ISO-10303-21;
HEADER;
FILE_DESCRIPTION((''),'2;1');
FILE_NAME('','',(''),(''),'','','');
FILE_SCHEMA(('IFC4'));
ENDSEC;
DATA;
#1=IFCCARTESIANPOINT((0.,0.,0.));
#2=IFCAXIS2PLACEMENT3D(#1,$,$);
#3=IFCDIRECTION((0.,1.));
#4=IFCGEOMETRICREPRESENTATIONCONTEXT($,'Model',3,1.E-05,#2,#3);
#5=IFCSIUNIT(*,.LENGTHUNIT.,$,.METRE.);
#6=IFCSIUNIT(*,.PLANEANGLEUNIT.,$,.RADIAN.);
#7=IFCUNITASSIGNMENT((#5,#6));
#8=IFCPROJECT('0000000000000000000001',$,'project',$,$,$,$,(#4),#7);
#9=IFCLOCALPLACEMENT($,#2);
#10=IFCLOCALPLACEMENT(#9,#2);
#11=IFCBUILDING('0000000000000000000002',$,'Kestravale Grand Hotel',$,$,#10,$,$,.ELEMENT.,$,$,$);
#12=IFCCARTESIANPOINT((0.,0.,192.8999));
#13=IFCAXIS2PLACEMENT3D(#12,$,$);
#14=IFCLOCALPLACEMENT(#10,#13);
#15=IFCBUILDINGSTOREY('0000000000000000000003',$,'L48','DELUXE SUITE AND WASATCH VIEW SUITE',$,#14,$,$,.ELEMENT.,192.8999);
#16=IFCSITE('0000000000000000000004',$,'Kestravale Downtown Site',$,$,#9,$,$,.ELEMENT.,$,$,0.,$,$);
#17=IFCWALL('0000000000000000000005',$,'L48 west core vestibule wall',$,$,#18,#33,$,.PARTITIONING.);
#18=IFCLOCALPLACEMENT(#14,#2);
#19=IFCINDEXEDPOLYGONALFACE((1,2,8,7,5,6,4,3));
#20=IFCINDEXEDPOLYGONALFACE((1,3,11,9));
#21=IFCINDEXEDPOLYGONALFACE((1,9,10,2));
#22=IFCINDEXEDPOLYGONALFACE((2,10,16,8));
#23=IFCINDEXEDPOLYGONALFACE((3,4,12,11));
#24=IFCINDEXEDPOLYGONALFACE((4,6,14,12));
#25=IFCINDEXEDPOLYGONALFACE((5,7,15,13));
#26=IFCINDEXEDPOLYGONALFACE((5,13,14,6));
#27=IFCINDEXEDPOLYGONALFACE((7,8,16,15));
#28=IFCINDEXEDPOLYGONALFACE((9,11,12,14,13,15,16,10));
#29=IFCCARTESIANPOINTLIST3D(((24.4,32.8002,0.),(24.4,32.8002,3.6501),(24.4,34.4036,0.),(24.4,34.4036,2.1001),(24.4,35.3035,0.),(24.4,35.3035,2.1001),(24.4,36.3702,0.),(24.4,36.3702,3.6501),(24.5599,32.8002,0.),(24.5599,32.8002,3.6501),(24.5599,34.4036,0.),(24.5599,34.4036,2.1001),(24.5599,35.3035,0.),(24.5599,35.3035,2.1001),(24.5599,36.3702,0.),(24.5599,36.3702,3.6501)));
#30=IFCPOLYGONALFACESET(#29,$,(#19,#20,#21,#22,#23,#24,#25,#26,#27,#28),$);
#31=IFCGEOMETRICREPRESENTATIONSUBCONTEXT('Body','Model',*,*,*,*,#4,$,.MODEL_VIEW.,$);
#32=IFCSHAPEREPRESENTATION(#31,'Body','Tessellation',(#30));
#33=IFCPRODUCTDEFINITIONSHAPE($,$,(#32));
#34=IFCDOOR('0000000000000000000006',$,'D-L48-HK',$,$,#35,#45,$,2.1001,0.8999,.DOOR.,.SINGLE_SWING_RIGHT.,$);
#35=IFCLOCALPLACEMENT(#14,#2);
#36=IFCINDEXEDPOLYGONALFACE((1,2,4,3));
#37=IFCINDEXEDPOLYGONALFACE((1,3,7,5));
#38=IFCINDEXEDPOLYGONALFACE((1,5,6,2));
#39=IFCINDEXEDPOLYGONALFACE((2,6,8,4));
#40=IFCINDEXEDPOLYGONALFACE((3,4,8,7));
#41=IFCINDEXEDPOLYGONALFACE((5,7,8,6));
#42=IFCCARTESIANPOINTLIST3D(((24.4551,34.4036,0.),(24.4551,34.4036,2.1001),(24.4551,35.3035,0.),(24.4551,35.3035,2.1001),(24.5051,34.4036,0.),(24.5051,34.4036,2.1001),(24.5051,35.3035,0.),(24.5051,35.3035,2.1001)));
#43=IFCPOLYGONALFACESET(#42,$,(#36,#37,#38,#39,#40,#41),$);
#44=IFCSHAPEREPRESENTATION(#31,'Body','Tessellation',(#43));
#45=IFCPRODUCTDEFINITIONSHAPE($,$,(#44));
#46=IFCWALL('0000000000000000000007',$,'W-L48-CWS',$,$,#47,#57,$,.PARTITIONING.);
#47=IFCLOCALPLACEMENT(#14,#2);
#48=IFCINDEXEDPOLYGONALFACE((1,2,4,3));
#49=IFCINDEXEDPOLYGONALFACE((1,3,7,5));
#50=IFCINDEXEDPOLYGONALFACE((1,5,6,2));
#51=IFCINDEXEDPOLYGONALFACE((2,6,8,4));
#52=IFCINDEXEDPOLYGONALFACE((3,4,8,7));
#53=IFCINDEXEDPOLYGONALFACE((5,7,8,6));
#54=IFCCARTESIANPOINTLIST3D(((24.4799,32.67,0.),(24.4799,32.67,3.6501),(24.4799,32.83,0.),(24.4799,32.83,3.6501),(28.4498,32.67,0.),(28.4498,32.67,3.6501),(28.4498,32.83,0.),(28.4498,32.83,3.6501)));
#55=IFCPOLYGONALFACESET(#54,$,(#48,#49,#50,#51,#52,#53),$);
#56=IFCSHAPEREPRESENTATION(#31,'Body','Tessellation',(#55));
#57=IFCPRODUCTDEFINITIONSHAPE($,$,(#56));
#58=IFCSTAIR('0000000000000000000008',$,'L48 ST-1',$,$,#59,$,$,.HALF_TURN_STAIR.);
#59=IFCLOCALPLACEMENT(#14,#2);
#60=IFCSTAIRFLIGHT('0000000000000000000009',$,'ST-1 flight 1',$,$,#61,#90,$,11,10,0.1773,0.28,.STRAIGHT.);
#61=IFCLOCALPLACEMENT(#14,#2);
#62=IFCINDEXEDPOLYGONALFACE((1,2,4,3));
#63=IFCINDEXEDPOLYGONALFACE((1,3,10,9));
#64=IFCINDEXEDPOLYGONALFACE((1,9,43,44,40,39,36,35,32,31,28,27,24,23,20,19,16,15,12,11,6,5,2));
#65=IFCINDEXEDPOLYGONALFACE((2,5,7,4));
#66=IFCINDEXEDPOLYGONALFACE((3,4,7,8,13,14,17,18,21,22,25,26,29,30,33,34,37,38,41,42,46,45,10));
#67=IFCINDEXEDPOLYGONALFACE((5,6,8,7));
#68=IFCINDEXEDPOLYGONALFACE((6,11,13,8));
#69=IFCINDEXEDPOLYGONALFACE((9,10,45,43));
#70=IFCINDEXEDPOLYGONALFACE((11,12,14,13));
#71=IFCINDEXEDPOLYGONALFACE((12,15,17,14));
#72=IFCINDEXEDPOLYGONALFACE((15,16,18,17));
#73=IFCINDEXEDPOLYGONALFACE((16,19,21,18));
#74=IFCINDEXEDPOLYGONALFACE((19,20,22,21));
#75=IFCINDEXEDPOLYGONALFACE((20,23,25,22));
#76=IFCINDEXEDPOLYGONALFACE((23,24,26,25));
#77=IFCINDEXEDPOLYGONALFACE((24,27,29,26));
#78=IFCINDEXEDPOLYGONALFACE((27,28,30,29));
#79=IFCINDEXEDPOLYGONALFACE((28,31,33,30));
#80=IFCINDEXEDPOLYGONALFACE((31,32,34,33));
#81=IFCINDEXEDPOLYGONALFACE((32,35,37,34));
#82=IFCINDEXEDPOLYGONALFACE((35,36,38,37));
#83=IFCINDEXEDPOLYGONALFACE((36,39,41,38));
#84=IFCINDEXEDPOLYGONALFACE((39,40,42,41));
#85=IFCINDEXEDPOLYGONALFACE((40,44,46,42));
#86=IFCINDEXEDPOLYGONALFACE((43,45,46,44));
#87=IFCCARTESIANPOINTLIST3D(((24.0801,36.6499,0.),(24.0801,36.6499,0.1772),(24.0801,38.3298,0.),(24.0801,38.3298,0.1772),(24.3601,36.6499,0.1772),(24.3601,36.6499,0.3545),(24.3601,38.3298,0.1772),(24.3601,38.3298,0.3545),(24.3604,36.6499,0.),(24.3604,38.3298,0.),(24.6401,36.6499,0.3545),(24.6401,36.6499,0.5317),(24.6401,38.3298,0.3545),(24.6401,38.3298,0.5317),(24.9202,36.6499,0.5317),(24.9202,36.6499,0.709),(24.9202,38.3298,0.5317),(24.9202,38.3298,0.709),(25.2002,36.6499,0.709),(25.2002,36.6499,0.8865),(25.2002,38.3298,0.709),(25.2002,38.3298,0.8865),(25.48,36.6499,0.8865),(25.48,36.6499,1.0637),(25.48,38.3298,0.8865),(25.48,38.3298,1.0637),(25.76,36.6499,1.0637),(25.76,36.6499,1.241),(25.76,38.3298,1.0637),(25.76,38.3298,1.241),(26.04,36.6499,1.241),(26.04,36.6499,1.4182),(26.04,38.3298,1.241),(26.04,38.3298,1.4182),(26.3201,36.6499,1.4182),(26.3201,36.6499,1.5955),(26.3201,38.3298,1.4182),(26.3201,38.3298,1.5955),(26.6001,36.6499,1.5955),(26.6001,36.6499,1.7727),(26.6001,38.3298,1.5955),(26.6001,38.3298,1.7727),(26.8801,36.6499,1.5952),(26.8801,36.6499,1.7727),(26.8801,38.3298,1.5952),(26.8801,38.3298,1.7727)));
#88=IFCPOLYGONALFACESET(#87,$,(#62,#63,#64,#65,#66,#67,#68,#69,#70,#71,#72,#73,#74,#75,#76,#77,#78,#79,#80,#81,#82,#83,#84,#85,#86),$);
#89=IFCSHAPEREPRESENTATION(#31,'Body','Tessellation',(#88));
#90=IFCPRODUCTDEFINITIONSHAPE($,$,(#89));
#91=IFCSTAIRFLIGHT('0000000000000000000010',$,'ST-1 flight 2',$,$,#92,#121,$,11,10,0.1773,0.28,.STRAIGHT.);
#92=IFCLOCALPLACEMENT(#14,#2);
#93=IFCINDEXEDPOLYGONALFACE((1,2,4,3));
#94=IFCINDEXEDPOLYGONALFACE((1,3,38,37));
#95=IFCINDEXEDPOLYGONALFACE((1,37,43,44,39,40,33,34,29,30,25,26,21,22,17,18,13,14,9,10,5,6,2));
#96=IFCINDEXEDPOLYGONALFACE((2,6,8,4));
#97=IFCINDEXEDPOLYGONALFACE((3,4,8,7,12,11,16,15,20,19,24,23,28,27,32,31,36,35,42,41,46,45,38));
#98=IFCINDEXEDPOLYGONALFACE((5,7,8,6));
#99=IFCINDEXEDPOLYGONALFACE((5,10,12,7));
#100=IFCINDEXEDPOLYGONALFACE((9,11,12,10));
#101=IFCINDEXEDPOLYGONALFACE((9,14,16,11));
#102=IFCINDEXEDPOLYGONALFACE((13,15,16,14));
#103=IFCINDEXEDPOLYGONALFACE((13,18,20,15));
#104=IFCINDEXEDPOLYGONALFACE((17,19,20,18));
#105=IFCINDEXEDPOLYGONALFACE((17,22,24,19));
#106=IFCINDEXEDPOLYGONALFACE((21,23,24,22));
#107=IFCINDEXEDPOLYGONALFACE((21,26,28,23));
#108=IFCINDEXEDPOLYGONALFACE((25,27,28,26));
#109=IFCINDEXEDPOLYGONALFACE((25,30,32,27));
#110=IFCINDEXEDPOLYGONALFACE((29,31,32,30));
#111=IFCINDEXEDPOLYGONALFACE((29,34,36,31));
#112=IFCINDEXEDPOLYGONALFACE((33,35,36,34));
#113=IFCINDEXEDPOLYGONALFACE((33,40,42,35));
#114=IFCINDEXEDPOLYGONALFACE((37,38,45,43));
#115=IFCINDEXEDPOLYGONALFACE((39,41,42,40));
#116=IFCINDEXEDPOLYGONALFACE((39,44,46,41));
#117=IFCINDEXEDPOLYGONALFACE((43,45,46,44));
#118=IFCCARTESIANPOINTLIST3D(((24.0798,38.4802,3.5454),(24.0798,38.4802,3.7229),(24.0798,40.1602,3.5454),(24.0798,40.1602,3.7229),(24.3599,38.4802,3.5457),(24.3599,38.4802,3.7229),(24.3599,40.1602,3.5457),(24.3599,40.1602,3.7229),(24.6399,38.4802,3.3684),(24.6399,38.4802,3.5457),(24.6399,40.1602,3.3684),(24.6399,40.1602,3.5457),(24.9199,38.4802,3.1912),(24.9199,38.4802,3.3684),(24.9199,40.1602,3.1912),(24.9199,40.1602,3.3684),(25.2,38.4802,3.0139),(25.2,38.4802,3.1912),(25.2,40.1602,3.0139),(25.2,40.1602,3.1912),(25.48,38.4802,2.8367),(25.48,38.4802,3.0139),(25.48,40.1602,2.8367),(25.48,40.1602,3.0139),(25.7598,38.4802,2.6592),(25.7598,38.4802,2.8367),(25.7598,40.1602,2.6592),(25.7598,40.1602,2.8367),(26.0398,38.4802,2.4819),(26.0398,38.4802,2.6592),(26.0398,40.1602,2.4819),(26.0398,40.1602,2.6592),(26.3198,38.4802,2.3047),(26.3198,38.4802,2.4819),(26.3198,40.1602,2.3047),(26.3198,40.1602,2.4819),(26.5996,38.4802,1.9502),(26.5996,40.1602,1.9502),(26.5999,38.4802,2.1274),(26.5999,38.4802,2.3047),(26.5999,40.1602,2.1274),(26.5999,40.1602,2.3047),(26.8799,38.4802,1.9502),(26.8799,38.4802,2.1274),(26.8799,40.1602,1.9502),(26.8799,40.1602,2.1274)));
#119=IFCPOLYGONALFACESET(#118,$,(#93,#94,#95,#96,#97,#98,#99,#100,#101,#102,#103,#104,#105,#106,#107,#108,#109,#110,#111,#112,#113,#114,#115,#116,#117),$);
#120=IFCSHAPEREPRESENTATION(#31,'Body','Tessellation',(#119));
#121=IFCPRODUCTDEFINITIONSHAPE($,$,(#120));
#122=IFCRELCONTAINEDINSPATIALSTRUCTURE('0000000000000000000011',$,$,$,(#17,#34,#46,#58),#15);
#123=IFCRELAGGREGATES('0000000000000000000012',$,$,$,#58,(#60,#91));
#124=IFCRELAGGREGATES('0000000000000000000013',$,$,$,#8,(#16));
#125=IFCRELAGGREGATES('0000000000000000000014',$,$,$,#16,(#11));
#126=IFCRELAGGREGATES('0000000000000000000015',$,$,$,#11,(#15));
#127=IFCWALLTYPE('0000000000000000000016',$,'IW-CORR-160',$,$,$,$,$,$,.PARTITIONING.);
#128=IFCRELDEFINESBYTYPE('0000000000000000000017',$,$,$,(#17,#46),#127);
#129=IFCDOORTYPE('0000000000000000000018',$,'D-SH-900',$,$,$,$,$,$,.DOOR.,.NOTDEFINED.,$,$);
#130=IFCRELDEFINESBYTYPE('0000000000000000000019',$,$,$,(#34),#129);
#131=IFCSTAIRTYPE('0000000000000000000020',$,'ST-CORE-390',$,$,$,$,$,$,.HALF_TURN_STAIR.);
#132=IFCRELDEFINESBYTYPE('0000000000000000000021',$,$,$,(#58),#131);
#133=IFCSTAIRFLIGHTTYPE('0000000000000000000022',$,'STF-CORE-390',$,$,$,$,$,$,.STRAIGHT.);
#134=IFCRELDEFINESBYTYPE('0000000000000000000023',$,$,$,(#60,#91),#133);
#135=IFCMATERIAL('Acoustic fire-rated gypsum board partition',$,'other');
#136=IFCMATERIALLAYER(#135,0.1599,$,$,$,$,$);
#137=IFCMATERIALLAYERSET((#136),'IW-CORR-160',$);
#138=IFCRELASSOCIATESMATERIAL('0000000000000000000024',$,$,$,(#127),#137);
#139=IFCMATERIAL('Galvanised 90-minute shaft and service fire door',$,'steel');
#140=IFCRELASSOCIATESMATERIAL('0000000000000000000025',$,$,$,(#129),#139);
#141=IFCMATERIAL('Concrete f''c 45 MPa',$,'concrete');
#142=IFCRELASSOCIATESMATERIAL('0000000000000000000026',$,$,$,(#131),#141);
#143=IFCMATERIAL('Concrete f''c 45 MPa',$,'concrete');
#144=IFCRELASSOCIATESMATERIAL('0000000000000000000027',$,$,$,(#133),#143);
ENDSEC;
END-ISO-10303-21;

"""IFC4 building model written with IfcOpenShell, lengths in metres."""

from ifc_helpers import new_model, si_unit, direction, frame, frame_2d, origin, place, context, subcontext, project, spatial, polyline, rectangle, outline, extrude, material, layer, layer_set, type_object, element, fill, aggregate, save


model = new_model("IFC4")

# Units and contexts
model_context = context("Model", 3, precision=1e-05, world=origin(), true_north=direction((0.0, 1.0)))
body_context = subcontext(model_context, "Body", "Model", "MODEL_VIEW")
ifc_project = project(units=[si_unit("LENGTHUNIT", "METRE"), si_unit("PLANEANGLEUNIT", "RADIAN")], contexts=[model_context])

# Site, building, storey
site_placement = place(None, origin())
site = spatial("IfcSite", under=ifc_project, at=site_placement, Name="Kestravale Downtown Site", CompositionType="ELEMENT", RefElevation=0.0)
building_placement = place(site_placement, origin())
building = spatial("IfcBuilding", under=site, at=building_placement, Name="Kestravale Grand Hotel", CompositionType="ELEMENT")
storey_placement = place(building_placement, frame((0.0, 0.0, 192.8999)))
storey = spatial("IfcBuildingStorey", under=building, at=storey_placement, Name="L48", Description="DELUXE SUITE AND WASATCH VIEW SUITE", CompositionType="ELEMENT", Elevation=192.8999)

# Wall, opening, door
ifc_material_1 = material(Name="Acoustic fire-rated gypsum board partition", Category="other")
ifc_layer_1 = layer(ifc_material_1, 0.1599)
ifc_layer_set_1 = layer_set([ifc_layer_1], Name="IW-CORR-160")
wall_type_1 = type_object("IfcWallType", Name="IW-CORR-160", PredefinedType="PARTITIONING", material=ifc_layer_set_1)
wall_1_placement = place(storey_placement, frame((24.48, 32.8, 0.0), z_axis=(0.0, 0.0, 1.0), x_axis=(0.0, 1.0, 0.0)))
wall_1 = element("IfcWall", 1, at=wall_1_placement, inside=storey, type_object=wall_type_1, Name="L48 west core vestibule wall", PredefinedType="PARTITIONING", context=body_context, shape_type="SweptSolid", body=[
    extrude(rectangle(XDim=3.5701, YDim=0.1599, at=frame_2d((1.7852, 0.0))), origin(), (0.0, 0.0, 1.0), 3.6501),
])
opening_1_placement = place(wall_1_placement, frame((1.6035, 0.0, 0.0)))
opening_1 = element("IfcOpeningElement", 2, at=opening_1_placement, cuts=wall_1, PredefinedType="OPENING", context=body_context, shape_type="SweptSolid", body=[
    extrude(rectangle(XDim=0.8999, YDim=2.1001, at=frame_2d((0.45, 1.05))), frame((0.0, 0.0898, 0.0), z_axis=(0.0, -1.0, 0.0), x_axis=(1.0, 0.0, 0.0)), (0.0, 0.0, 1.0), 0.1799),
])
ifc_material_2 = material(Name="Galvanised 90-minute shaft and service fire door", Category="steel")
door_type_1 = type_object("IfcDoorType", Name="D-SH-900", OperationType="NOTDEFINED", PredefinedType="DOOR", material=ifc_material_2)
door_1_placement = place(opening_1_placement, origin())
door_1 = element("IfcDoor", 3, at=door_1_placement, inside=storey, type_object=door_type_1, Name="D-L48-HK", OperationType="SINGLE_SWING_RIGHT", OverallHeight=2.1001, OverallWidth=0.8999, PredefinedType="DOOR", context=body_context, shape_type="SweptSolid", body=[
    extrude(rectangle(XDim=0.8999, YDim=2.1001, at=frame_2d((0.45, 1.05))), frame((0.0, 0.0249, 0.0), z_axis=(0.0, -1.0, 0.0), x_axis=(1.0, 0.0, 0.0)), (0.0, 0.0, 1.0), 0.05),
])
fill(opening_1, door_1)

# Wall
wall_2_placement = place(storey_placement, frame((24.48, 32.75, 0.0), z_axis=(0.0, 0.0, 1.0), x_axis=(1.0, 0.0, 0.0)))
element("IfcWall", 4, at=wall_2_placement, inside=storey, type_object=wall_type_1, Name="W-L48-CWS", PredefinedType="PARTITIONING", context=body_context, shape_type="SweptSolid", body=[
    extrude(rectangle(XDim=3.97, YDim=0.1599, at=frame_2d((1.9849, 0.0))), origin(), (0.0, 0.0, 1.0), 3.6501),
])

# Stair, stair flights
ifc_material_3 = material(Name="Concrete f'c 45 MPa", Category="concrete")
stair_type = type_object("IfcStairType", Name="ST-CORE-390", PredefinedType="HALF_TURN_STAIR", material=ifc_material_3)
stair_placement = place(storey_placement, origin())
stair = element("IfcStair", 5, at=stair_placement, inside=storey, type_object=stair_type, Name="L48 ST-1", PredefinedType="HALF_TURN_STAIR")
ifc_material_4 = material(Name="Concrete f'c 45 MPa", Category="concrete")
stair_flight_type = type_object("IfcStairFlightType", Name="STF-CORE-390", PredefinedType="STRAIGHT", material=ifc_material_4)
stair_flight_1_placement = place(storey_placement, frame((24.0801, 37.49, 0.0), z_axis=(0.0, 0.0, 1.0), x_axis=(1.0, 0.0, 0.0)))
stair_flight_1 = element("IfcStairFlight", 6, at=stair_flight_1_placement, type_object=stair_flight_type, Name="ST-1 flight 1", NumberOfRisers=11, NumberOfTreads=10, PredefinedType="STRAIGHT", RiserHeight=0.1773, TreadLength=0.28, context=body_context, shape_type="SweptSolid", body=[
    extrude(outline(polyline([(0.0, 0.0), (0.0, 0.1772), (0.28, 0.1772), (0.28, 0.3545), (0.5601, 0.3545), (0.5601, 0.5317), (0.8401, 0.5317), (0.8401, 0.709), (1.1201, 0.709), (1.1201, 0.8865), (1.3999, 0.8865), (1.3999, 1.0637), (1.6799, 1.0637), (1.6799, 1.241), (1.96, 1.241), (1.96, 1.4182), (2.24, 1.4182), (2.24, 1.5955), (2.52, 1.5955), (2.52, 1.7727), (2.8, 1.7727), (2.8, 1.95), (2.8, 1.5952), (0.2803, 0.0), (0.0, 0.0)])), frame((0.0, 0.8398, 0.0), z_axis=(0.0, -1.0, 0.0), x_axis=(1.0, 0.0, 0.0)), (0.0, 0.0, 1.0), 1.6799),
])
stair_flight_2_placement = place(storey_placement, frame((26.8799, 39.3201, 1.9502), z_axis=(0.0, 0.0, 1.0), x_axis=(-1.0, 0.0, 0.0)))
stair_flight_2 = element("IfcStairFlight", 7, at=stair_flight_2_placement, type_object=stair_flight_type, Name="ST-1 flight 2", NumberOfRisers=11, NumberOfTreads=10, PredefinedType="STRAIGHT", RiserHeight=0.1773, TreadLength=0.28, context=body_context, shape_type="SweptSolid", body=[
    extrude(outline(polyline([(0.0, 0.0), (0.0, 0.1772), (0.28, 0.1772), (0.28, 0.3545), (0.5601, 0.3545), (0.5601, 0.5317), (0.8401, 0.5317), (0.8401, 0.709), (1.1201, 0.709), (1.1201, 0.8865), (1.3999, 0.8865), (1.3999, 1.0637), (1.6799, 1.0637), (1.6799, 1.241), (1.96, 1.241), (1.96, 1.4182), (2.24, 1.4182), (2.24, 1.5955), (2.52, 1.5955), (2.52, 1.7727), (2.8, 1.7727), (2.8, 1.95), (2.8, 1.5952), (0.2803, 0.0), (0.0, 0.0)])), frame((0.0, 0.8398, 0.0), z_axis=(0.0, -1.0, 0.0), x_axis=(1.0, 0.0, 0.0)), (0.0, 0.0, 1.0), 1.6799),
])
aggregate(stair, [stair_flight_1, stair_flight_2])

save(model, "model.ifc")
